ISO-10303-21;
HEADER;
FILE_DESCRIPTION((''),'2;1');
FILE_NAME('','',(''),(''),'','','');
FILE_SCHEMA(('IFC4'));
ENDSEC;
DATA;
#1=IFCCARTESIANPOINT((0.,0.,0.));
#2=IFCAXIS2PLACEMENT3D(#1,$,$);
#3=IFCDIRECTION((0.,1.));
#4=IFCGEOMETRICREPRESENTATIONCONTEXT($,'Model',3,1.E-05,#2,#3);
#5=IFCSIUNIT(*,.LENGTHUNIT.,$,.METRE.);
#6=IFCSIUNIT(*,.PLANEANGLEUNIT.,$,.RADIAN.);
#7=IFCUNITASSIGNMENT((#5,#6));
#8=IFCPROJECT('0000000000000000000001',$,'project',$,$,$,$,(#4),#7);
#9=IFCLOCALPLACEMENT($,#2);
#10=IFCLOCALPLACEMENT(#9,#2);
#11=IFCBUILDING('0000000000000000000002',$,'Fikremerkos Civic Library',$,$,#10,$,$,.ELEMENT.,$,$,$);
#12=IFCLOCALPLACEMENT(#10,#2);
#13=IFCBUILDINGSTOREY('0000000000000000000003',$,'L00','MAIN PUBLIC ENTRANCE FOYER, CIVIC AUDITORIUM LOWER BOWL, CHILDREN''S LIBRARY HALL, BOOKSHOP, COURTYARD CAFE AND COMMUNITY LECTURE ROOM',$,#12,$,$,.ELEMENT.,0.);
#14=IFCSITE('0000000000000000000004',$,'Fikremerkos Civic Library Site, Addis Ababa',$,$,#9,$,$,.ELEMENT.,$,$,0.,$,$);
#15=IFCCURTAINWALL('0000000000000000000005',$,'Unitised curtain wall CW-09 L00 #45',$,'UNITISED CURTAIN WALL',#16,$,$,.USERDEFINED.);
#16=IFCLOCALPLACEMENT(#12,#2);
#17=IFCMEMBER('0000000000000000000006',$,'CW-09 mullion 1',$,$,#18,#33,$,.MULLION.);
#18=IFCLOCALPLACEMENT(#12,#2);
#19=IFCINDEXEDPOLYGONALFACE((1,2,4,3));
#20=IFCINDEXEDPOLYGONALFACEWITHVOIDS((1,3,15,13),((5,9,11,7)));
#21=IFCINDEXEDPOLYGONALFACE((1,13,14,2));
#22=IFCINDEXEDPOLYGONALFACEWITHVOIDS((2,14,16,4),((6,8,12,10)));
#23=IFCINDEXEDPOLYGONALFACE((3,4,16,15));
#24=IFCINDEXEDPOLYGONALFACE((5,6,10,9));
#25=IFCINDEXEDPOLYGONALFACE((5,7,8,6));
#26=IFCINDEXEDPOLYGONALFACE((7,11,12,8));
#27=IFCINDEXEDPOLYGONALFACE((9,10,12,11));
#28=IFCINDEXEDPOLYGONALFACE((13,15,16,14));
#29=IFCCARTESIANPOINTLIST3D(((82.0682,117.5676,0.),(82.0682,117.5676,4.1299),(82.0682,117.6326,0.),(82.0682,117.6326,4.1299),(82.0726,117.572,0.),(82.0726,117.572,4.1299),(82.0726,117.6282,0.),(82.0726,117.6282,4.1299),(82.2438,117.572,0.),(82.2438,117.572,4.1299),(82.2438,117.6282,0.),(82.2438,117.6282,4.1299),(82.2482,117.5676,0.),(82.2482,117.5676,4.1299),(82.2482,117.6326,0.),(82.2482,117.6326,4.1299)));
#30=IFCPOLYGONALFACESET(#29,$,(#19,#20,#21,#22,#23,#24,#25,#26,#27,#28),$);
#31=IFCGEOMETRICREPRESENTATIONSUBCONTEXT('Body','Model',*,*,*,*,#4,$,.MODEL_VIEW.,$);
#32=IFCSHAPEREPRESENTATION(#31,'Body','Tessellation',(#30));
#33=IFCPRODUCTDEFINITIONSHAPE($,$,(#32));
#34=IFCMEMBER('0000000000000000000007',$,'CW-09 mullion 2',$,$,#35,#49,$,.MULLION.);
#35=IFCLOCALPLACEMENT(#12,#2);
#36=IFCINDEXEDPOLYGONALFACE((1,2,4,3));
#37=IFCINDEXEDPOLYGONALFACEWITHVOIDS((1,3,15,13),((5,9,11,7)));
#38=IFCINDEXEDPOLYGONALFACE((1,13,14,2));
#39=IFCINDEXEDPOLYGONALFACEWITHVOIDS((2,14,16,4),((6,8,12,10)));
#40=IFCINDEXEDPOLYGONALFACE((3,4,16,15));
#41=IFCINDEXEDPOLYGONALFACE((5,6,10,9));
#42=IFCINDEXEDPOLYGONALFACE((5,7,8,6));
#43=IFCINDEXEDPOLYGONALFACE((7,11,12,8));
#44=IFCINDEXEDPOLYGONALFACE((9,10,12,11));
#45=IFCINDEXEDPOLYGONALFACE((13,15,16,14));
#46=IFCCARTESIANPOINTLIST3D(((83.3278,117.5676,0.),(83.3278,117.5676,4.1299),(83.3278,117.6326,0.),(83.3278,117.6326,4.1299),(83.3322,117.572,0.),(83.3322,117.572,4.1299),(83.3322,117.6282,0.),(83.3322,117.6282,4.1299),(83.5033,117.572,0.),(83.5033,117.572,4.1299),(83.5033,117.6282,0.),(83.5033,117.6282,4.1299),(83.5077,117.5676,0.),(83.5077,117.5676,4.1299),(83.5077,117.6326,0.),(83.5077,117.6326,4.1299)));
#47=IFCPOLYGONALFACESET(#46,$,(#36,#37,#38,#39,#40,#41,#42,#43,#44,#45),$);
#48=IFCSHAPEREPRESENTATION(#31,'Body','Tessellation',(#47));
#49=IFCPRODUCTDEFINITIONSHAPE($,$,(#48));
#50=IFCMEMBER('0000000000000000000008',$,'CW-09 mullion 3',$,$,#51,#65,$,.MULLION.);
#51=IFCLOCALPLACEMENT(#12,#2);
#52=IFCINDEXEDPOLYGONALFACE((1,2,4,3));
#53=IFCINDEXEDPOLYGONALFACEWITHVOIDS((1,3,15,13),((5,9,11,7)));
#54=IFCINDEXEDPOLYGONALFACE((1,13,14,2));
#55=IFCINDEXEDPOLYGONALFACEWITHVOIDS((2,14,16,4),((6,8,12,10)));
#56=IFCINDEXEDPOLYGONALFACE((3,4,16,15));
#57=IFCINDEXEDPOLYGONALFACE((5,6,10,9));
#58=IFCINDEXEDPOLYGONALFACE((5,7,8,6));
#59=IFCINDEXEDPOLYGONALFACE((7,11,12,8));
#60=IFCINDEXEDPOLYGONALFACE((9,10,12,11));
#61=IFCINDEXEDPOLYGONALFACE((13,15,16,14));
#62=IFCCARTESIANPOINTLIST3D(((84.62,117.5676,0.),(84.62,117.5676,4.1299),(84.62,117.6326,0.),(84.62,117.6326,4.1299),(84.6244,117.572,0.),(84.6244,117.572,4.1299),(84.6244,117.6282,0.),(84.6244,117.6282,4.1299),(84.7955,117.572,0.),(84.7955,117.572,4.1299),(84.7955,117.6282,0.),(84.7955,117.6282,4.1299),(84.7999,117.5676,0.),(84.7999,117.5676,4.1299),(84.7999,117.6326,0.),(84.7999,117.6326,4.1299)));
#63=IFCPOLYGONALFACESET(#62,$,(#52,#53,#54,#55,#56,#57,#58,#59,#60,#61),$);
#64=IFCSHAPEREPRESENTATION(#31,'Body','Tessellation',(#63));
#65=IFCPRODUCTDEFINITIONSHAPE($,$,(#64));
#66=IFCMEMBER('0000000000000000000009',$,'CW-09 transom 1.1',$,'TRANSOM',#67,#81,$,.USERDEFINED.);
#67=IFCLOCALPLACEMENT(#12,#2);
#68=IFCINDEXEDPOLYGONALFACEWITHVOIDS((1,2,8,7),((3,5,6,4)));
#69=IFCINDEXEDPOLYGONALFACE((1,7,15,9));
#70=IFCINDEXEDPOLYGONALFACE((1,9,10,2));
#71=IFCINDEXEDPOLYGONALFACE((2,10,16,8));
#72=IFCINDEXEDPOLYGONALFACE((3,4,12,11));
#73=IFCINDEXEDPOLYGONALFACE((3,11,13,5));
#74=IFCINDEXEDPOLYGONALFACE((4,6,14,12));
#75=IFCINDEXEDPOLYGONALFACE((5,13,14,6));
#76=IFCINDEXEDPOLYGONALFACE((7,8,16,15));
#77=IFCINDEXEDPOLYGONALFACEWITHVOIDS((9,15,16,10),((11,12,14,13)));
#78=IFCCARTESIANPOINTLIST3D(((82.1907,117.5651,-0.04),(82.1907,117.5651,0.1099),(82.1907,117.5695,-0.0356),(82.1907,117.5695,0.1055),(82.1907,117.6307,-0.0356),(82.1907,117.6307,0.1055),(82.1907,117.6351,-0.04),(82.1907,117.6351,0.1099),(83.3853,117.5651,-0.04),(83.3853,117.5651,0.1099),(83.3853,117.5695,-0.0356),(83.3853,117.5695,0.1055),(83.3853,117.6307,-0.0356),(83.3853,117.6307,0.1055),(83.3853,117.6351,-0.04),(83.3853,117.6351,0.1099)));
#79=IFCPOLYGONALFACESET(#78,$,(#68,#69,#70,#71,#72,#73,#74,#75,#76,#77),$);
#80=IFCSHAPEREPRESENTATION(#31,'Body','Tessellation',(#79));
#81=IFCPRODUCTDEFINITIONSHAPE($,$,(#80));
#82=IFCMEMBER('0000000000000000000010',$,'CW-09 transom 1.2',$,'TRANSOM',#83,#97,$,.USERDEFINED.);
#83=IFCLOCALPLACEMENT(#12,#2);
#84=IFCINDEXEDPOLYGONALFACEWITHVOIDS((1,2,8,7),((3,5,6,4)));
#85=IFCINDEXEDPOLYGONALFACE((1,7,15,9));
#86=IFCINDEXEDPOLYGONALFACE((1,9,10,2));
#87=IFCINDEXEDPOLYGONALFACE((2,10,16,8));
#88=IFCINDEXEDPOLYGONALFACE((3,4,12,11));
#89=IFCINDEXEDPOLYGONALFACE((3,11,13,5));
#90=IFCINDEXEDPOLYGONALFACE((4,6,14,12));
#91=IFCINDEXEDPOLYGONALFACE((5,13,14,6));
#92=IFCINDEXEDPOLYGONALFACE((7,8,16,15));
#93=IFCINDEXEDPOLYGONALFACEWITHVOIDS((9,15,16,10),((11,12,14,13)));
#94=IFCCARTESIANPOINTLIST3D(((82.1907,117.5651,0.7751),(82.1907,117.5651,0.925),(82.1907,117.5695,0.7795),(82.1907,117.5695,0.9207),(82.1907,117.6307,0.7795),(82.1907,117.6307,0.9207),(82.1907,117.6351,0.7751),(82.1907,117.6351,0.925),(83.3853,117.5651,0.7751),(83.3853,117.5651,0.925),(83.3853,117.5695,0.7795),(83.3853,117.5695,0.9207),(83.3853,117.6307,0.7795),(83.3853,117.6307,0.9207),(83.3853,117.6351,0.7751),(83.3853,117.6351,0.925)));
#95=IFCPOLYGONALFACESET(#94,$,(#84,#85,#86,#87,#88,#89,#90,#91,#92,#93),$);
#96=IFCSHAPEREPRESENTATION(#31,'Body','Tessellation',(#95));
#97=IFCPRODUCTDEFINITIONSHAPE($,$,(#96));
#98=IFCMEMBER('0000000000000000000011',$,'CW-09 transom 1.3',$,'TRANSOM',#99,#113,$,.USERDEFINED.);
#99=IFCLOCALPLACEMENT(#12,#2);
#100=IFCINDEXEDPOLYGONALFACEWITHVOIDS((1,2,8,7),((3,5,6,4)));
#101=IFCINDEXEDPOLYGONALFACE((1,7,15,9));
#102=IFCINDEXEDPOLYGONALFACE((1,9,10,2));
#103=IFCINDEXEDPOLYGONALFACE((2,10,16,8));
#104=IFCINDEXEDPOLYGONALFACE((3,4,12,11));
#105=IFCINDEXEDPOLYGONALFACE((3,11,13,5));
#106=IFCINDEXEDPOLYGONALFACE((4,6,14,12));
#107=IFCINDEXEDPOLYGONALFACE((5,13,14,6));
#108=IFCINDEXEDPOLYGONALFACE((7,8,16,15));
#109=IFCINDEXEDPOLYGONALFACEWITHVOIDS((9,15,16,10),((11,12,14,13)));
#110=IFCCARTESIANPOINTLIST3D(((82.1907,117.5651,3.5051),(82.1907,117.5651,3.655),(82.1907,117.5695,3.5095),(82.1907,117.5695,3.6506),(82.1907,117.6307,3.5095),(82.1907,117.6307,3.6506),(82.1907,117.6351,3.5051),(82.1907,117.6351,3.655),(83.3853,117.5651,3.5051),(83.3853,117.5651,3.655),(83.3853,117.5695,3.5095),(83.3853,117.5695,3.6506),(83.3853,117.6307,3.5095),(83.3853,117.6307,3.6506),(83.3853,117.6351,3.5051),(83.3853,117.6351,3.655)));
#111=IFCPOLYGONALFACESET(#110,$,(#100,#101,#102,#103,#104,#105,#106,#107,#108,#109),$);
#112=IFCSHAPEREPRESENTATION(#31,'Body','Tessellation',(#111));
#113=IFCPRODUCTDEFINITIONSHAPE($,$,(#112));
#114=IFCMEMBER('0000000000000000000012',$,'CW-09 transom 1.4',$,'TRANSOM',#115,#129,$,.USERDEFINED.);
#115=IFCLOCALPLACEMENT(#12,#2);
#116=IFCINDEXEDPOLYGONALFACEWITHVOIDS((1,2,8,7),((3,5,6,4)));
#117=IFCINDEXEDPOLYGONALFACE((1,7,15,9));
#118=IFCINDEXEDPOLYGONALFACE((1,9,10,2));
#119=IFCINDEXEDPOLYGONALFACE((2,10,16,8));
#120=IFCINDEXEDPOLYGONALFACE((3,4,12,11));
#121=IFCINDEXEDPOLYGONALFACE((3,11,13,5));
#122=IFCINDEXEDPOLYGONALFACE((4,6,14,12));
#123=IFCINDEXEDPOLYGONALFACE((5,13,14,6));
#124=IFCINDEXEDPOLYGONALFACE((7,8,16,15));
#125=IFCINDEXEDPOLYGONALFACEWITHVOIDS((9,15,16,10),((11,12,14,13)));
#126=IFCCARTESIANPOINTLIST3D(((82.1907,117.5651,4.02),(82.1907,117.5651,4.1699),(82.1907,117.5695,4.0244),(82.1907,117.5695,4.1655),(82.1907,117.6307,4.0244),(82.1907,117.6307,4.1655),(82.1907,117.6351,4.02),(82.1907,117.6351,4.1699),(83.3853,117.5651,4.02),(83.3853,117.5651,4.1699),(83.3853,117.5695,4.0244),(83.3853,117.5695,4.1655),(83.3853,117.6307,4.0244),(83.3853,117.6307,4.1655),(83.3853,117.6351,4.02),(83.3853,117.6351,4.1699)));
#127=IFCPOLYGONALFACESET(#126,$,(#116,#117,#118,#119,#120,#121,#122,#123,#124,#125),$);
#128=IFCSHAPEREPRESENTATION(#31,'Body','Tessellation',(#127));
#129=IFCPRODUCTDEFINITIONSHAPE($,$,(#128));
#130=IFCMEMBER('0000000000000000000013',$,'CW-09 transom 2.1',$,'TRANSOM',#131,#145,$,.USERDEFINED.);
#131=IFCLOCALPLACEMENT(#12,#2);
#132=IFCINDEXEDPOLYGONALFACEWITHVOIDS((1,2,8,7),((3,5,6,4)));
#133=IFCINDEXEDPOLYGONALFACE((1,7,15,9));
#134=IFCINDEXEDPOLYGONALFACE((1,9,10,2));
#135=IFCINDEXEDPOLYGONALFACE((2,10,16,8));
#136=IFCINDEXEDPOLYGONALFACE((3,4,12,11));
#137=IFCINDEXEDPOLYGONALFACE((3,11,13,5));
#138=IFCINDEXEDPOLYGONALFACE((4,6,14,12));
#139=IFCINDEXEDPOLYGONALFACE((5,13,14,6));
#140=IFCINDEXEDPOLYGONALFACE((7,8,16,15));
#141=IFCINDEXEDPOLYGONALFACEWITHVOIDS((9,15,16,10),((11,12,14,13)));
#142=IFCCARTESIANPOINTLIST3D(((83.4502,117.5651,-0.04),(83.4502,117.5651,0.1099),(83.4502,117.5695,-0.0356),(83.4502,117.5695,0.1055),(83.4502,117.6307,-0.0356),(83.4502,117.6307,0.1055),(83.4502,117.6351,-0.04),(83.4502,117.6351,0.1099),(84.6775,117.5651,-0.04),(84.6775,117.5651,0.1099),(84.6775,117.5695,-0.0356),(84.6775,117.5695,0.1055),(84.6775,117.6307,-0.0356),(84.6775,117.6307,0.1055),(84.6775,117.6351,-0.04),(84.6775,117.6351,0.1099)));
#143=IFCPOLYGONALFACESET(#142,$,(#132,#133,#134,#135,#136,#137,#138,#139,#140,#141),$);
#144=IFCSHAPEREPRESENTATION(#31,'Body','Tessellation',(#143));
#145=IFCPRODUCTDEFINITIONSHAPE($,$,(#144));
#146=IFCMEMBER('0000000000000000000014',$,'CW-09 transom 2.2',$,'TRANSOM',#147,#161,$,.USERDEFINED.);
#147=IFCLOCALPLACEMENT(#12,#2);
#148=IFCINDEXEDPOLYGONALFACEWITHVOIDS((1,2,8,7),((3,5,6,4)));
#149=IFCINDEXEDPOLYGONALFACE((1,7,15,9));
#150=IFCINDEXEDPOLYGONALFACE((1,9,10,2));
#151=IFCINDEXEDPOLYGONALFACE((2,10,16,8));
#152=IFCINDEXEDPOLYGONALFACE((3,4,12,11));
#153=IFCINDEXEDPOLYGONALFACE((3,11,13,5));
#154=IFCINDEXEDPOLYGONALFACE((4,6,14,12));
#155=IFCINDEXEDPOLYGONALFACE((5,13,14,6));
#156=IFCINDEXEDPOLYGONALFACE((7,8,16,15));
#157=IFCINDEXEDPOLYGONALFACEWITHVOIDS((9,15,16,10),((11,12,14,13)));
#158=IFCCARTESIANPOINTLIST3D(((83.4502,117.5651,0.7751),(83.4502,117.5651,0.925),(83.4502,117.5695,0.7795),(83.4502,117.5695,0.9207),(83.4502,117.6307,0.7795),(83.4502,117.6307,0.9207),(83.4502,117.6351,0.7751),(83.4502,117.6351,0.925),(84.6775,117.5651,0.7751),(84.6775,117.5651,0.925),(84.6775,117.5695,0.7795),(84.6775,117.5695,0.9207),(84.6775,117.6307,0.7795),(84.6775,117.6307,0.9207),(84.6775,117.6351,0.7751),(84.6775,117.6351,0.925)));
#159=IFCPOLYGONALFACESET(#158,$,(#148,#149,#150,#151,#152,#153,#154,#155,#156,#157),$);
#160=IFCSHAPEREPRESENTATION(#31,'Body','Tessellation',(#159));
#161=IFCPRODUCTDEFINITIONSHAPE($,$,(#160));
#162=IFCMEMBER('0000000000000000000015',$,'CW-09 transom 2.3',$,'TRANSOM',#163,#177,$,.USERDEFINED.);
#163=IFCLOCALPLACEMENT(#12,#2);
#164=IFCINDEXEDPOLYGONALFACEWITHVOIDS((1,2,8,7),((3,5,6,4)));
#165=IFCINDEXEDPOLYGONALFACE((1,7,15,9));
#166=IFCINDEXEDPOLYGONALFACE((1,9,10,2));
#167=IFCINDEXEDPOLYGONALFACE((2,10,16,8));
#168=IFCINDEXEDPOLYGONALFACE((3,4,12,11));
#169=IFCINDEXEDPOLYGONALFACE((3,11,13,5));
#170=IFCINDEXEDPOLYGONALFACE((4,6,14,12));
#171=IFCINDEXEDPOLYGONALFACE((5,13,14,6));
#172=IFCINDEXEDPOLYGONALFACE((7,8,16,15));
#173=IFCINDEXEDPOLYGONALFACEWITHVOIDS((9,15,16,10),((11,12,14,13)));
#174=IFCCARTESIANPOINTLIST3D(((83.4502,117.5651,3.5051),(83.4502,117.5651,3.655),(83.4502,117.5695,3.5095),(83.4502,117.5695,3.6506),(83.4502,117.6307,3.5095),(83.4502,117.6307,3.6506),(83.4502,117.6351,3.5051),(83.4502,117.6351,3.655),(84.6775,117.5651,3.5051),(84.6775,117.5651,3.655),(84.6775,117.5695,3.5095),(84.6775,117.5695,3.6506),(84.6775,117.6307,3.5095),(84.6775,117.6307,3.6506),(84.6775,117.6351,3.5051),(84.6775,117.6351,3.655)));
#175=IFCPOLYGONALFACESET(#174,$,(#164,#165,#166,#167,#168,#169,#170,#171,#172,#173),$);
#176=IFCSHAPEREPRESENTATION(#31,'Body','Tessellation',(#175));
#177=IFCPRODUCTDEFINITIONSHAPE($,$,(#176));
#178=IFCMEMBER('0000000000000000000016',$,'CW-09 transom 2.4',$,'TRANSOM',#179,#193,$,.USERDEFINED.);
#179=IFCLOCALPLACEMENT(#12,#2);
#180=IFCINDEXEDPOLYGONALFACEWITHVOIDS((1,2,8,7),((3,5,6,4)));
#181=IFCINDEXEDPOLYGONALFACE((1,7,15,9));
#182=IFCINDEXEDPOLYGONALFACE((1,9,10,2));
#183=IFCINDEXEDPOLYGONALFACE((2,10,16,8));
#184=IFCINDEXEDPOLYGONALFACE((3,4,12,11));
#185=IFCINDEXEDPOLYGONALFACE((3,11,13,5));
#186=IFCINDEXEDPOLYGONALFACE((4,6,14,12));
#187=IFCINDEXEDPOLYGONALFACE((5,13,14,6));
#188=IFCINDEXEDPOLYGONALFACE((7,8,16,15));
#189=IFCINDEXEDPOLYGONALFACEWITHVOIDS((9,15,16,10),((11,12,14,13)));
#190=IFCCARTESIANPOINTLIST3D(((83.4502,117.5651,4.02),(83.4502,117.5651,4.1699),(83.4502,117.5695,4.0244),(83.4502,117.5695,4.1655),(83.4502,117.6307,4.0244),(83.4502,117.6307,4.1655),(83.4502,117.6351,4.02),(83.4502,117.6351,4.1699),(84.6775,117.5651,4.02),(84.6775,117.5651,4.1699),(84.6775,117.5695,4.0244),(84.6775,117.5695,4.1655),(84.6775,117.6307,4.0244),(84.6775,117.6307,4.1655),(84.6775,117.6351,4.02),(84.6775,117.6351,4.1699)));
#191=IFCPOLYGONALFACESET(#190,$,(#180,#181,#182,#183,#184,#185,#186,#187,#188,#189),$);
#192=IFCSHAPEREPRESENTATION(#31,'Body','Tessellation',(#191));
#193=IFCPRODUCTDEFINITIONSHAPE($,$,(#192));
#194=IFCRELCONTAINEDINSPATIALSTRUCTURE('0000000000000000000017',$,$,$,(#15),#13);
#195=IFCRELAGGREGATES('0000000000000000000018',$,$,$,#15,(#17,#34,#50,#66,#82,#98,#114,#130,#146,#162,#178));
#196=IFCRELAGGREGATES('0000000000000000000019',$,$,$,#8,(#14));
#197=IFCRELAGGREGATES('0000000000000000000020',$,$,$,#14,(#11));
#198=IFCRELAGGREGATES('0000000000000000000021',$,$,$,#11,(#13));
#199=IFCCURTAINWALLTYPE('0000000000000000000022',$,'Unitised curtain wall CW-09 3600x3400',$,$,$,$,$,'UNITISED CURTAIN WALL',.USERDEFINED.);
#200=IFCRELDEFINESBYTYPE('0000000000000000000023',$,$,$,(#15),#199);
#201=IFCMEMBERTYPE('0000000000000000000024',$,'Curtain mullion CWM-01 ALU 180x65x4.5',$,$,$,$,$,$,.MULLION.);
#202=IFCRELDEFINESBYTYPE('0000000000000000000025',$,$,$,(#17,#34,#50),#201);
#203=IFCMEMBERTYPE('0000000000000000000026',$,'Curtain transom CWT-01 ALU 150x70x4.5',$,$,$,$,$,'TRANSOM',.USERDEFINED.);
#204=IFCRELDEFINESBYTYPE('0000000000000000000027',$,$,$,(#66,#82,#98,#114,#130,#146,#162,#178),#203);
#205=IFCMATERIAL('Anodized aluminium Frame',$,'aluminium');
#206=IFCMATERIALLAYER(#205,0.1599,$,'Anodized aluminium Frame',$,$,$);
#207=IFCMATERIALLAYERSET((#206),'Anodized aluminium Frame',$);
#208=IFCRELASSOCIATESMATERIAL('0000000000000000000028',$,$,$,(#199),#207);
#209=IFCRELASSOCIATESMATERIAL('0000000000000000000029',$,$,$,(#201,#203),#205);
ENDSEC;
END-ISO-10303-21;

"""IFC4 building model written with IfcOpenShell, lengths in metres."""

from ifc_helpers import new_model, si_unit, direction, frame, origin, origin_2d, place, context, subcontext, project, spatial, hollow_rectangle, extrude, material, layer, layer_set, material_profile, profile_set, type_object, element, aggregate, save


model = new_model("IFC4")

# Units and contexts
model_context = context("Model", 3, precision=1e-05, world=origin(), true_north=direction((0.0, 1.0)))
body_context = subcontext(model_context, "Body", "Model", "MODEL_VIEW")
ifc_project = project(units=[si_unit("LENGTHUNIT", "METRE"), si_unit("PLANEANGLEUNIT", "RADIAN")], contexts=[model_context])

# Site, building, storey
site_placement = place(None, origin())
site = spatial("IfcSite", under=ifc_project, at=site_placement, Name="Fikremerkos Civic Library Site, Addis Ababa", CompositionType="ELEMENT", RefElevation=0.0)
building_placement = place(site_placement, origin())
building = spatial("IfcBuilding", under=site, at=building_placement, Name="Fikremerkos Civic Library", CompositionType="ELEMENT")
storey_placement = place(building_placement, origin())
storey = spatial("IfcBuildingStorey", under=building, at=storey_placement, Name="L00", Description="MAIN PUBLIC ENTRANCE FOYER, CIVIC AUDITORIUM LOWER BOWL, CHILDREN'S LIBRARY HALL, BOOKSHOP, COURTYARD CAFE AND COMMUNITY LECTURE ROOM", CompositionType="ELEMENT", Elevation=0.0)

# Curtain wall, members
ifc_material_1 = material(Name="Anodized aluminium Frame", Category="aluminium")
ifc_layer_1 = layer(ifc_material_1, 0.1599, Name="Anodized aluminium Frame")
ifc_layer_set_1 = layer_set([ifc_layer_1], Name="Anodized aluminium Frame")
curtain_wall_type = type_object("IfcCurtainWallType", Name="Unitised curtain wall CW-09 3600x3400", ElementType="UNITISED CURTAIN WALL", PredefinedType="USERDEFINED", material=ifc_layer_set_1)
curtain_wall_placement = place(storey_placement, origin())
curtain_wall = element("IfcCurtainWall", 1, at=curtain_wall_placement, inside=storey, type_object=curtain_wall_type, Name="Unitised curtain wall CW-09 L00 #45", ObjectType="UNITISED CURTAIN WALL", PredefinedType="USERDEFINED")
ifc_material_profile_1 = material_profile(ifc_material_1, hollow_rectangle(XDim=0.0649, YDim=0.1799, WallThickness=0.0044, at=origin_2d()), Name="ALU 180x65x4.5")
ifc_profile_set_1 = profile_set([ifc_material_profile_1], Name="Anodized aluminium Frame")
member_type_1 = type_object("IfcMemberType", Name="Curtain mullion CWM-01 ALU 180x65x4.5", PredefinedType="MULLION", material=ifc_profile_set_1)
member_1_placement = place(storey_placement, frame((82.1582, 117.6001, 0.0), z_axis=(0.0, 0.0, 1.0), x_axis=(0.0, 1.0, 0.0)))
member_1 = element("IfcMember", 2, at=member_1_placement, type_object=member_type_1, Name="CW-09 mullion 1", PredefinedType="MULLION", context=body_context, shape_type="SweptSolid", body=[
    extrude(hollow_rectangle(XDim=0.0649, YDim=0.1799, WallThickness=0.0044, at=origin_2d()), origin(), (0.0, 0.0, 1.0), 4.1299),
])
member_2_placement = place(storey_placement, frame((83.4177, 117.6001, 0.0), z_axis=(0.0, 0.0, 1.0), x_axis=(0.0, 1.0, 0.0)))
member_2 = element("IfcMember", 3, at=member_2_placement, type_object=member_type_1, Name="CW-09 mullion 2", PredefinedType="MULLION", context=body_context, shape_type="SweptSolid", body=[
    extrude(hollow_rectangle(XDim=0.0649, YDim=0.1799, WallThickness=0.0044, at=origin_2d()), origin(), (0.0, 0.0, 1.0), 4.1299),
])
member_3_placement = place(storey_placement, frame((84.71, 117.6001, 0.0), z_axis=(0.0, 0.0, 1.0), x_axis=(0.0, 1.0, 0.0)))
member_3 = element("IfcMember", 4, at=member_3_placement, type_object=member_type_1, Name="CW-09 mullion 3", PredefinedType="MULLION", context=body_context, shape_type="SweptSolid", body=[
    extrude(hollow_rectangle(XDim=0.0649, YDim=0.1799, WallThickness=0.0044, at=origin_2d()), origin(), (0.0, 0.0, 1.0), 4.1299),
])
ifc_material_profile_2 = material_profile(ifc_material_1, hollow_rectangle(XDim=0.0701, YDim=0.1499, WallThickness=0.0044, at=origin_2d()), Name="ALU 150x70x4.5")
ifc_profile_set_2 = profile_set([ifc_material_profile_2], Name="Anodized aluminium Frame")
member_type_2 = type_object("IfcMemberType", Name="Curtain transom CWT-01 ALU 150x70x4.5", ElementType="TRANSOM", PredefinedType="USERDEFINED", material=ifc_profile_set_2)
member_4_placement = place(storey_placement, frame((82.1907, 117.6001, 0.0349), z_axis=(1.0, 0.0, 0.0), x_axis=(0.0, 1.0, 0.0)))
member_4 = element("IfcMember", 5, at=member_4_placement, type_object=member_type_2, Name="CW-09 transom 1.1", ObjectType="TRANSOM", PredefinedType="USERDEFINED", context=body_context, shape_type="SweptSolid", body=[
    extrude(hollow_rectangle(XDim=0.0701, YDim=0.1499, WallThickness=0.0044, at=origin_2d()), origin(), (0.0, 0.0, 1.0), 1.1946),
])
member_5_placement = place(storey_placement, frame((82.1907, 117.6001, 0.8501), z_axis=(1.0, 0.0, 0.0), x_axis=(0.0, 1.0, 0.0)))
member_5 = element("IfcMember", 6, at=member_5_placement, type_object=member_type_2, Name="CW-09 transom 1.2", ObjectType="TRANSOM", PredefinedType="USERDEFINED", context=body_context, shape_type="SweptSolid", body=[
    extrude(hollow_rectangle(XDim=0.0701, YDim=0.1499, WallThickness=0.0044, at=origin_2d()), origin(), (0.0, 0.0, 1.0), 1.1946),
])
member_6_placement = place(storey_placement, frame((82.1907, 117.6001, 3.5801), z_axis=(1.0, 0.0, 0.0), x_axis=(0.0, 1.0, 0.0)))
member_6 = element("IfcMember", 7, at=member_6_placement, type_object=member_type_2, Name="CW-09 transom 1.3", ObjectType="TRANSOM", PredefinedType="USERDEFINED", context=body_context, shape_type="SweptSolid", body=[
    extrude(hollow_rectangle(XDim=0.0701, YDim=0.1499, WallThickness=0.0044, at=origin_2d()), origin(), (0.0, 0.0, 1.0), 1.1946),
])
member_7_placement = place(storey_placement, frame((82.1907, 117.6001, 4.095), z_axis=(1.0, 0.0, 0.0), x_axis=(0.0, 1.0, 0.0)))
member_7 = element("IfcMember", 8, at=member_7_placement, type_object=member_type_2, Name="CW-09 transom 1.4", ObjectType="TRANSOM", PredefinedType="USERDEFINED", context=body_context, shape_type="SweptSolid", body=[
    extrude(hollow_rectangle(XDim=0.0701, YDim=0.1499, WallThickness=0.0044, at=origin_2d()), origin(), (0.0, 0.0, 1.0), 1.1946),
])
member_8_placement = place(storey_placement, frame((83.4502, 117.6001, 0.0349), z_axis=(1.0, 0.0, 0.0), x_axis=(0.0, 1.0, 0.0)))
member_8 = element("IfcMember", 9, at=member_8_placement, type_object=member_type_2, Name="CW-09 transom 2.1", ObjectType="TRANSOM", PredefinedType="USERDEFINED", context=body_context, shape_type="SweptSolid", body=[
    extrude(hollow_rectangle(XDim=0.0701, YDim=0.1499, WallThickness=0.0044, at=origin_2d()), origin(), (0.0, 0.0, 1.0), 1.2273),
])
member_9_placement = place(storey_placement, frame((83.4502, 117.6001, 0.8501), z_axis=(1.0, 0.0, 0.0), x_axis=(0.0, 1.0, 0.0)))
member_9 = element("IfcMember", 10, at=member_9_placement, type_object=member_type_2, Name="CW-09 transom 2.2", ObjectType="TRANSOM", PredefinedType="USERDEFINED", context=body_context, shape_type="SweptSolid", body=[
    extrude(hollow_rectangle(XDim=0.0701, YDim=0.1499, WallThickness=0.0044, at=origin_2d()), origin(), (0.0, 0.0, 1.0), 1.2273),
])
member_10_placement = place(storey_placement, frame((83.4502, 117.6001, 3.5801), z_axis=(1.0, 0.0, 0.0), x_axis=(0.0, 1.0, 0.0)))
member_10 = element("IfcMember", 11, at=member_10_placement, type_object=member_type_2, Name="CW-09 transom 2.3", ObjectType="TRANSOM", PredefinedType="USERDEFINED", context=body_context, shape_type="SweptSolid", body=[
    extrude(hollow_rectangle(XDim=0.0701, YDim=0.1499, WallThickness=0.0044, at=origin_2d()), origin(), (0.0, 0.0, 1.0), 1.2273),
])
member_11_placement = place(storey_placement, frame((83.4502, 117.6001, 4.095), z_axis=(1.0, 0.0, 0.0), x_axis=(0.0, 1.0, 0.0)))
member_11 = element("IfcMember", 12, at=member_11_placement, type_object=member_type_2, Name="CW-09 transom 2.4", ObjectType="TRANSOM", PredefinedType="USERDEFINED", context=body_context, shape_type="SweptSolid", body=[
    extrude(hollow_rectangle(XDim=0.0701, YDim=0.1499, WallThickness=0.0044, at=origin_2d()), origin(), (0.0, 0.0, 1.0), 1.2273),
])
aggregate(curtain_wall, [member_1, member_2, member_3, member_4, member_5, member_6, member_7, member_8, member_9, member_10, member_11])

save(model, "model.ifc")
